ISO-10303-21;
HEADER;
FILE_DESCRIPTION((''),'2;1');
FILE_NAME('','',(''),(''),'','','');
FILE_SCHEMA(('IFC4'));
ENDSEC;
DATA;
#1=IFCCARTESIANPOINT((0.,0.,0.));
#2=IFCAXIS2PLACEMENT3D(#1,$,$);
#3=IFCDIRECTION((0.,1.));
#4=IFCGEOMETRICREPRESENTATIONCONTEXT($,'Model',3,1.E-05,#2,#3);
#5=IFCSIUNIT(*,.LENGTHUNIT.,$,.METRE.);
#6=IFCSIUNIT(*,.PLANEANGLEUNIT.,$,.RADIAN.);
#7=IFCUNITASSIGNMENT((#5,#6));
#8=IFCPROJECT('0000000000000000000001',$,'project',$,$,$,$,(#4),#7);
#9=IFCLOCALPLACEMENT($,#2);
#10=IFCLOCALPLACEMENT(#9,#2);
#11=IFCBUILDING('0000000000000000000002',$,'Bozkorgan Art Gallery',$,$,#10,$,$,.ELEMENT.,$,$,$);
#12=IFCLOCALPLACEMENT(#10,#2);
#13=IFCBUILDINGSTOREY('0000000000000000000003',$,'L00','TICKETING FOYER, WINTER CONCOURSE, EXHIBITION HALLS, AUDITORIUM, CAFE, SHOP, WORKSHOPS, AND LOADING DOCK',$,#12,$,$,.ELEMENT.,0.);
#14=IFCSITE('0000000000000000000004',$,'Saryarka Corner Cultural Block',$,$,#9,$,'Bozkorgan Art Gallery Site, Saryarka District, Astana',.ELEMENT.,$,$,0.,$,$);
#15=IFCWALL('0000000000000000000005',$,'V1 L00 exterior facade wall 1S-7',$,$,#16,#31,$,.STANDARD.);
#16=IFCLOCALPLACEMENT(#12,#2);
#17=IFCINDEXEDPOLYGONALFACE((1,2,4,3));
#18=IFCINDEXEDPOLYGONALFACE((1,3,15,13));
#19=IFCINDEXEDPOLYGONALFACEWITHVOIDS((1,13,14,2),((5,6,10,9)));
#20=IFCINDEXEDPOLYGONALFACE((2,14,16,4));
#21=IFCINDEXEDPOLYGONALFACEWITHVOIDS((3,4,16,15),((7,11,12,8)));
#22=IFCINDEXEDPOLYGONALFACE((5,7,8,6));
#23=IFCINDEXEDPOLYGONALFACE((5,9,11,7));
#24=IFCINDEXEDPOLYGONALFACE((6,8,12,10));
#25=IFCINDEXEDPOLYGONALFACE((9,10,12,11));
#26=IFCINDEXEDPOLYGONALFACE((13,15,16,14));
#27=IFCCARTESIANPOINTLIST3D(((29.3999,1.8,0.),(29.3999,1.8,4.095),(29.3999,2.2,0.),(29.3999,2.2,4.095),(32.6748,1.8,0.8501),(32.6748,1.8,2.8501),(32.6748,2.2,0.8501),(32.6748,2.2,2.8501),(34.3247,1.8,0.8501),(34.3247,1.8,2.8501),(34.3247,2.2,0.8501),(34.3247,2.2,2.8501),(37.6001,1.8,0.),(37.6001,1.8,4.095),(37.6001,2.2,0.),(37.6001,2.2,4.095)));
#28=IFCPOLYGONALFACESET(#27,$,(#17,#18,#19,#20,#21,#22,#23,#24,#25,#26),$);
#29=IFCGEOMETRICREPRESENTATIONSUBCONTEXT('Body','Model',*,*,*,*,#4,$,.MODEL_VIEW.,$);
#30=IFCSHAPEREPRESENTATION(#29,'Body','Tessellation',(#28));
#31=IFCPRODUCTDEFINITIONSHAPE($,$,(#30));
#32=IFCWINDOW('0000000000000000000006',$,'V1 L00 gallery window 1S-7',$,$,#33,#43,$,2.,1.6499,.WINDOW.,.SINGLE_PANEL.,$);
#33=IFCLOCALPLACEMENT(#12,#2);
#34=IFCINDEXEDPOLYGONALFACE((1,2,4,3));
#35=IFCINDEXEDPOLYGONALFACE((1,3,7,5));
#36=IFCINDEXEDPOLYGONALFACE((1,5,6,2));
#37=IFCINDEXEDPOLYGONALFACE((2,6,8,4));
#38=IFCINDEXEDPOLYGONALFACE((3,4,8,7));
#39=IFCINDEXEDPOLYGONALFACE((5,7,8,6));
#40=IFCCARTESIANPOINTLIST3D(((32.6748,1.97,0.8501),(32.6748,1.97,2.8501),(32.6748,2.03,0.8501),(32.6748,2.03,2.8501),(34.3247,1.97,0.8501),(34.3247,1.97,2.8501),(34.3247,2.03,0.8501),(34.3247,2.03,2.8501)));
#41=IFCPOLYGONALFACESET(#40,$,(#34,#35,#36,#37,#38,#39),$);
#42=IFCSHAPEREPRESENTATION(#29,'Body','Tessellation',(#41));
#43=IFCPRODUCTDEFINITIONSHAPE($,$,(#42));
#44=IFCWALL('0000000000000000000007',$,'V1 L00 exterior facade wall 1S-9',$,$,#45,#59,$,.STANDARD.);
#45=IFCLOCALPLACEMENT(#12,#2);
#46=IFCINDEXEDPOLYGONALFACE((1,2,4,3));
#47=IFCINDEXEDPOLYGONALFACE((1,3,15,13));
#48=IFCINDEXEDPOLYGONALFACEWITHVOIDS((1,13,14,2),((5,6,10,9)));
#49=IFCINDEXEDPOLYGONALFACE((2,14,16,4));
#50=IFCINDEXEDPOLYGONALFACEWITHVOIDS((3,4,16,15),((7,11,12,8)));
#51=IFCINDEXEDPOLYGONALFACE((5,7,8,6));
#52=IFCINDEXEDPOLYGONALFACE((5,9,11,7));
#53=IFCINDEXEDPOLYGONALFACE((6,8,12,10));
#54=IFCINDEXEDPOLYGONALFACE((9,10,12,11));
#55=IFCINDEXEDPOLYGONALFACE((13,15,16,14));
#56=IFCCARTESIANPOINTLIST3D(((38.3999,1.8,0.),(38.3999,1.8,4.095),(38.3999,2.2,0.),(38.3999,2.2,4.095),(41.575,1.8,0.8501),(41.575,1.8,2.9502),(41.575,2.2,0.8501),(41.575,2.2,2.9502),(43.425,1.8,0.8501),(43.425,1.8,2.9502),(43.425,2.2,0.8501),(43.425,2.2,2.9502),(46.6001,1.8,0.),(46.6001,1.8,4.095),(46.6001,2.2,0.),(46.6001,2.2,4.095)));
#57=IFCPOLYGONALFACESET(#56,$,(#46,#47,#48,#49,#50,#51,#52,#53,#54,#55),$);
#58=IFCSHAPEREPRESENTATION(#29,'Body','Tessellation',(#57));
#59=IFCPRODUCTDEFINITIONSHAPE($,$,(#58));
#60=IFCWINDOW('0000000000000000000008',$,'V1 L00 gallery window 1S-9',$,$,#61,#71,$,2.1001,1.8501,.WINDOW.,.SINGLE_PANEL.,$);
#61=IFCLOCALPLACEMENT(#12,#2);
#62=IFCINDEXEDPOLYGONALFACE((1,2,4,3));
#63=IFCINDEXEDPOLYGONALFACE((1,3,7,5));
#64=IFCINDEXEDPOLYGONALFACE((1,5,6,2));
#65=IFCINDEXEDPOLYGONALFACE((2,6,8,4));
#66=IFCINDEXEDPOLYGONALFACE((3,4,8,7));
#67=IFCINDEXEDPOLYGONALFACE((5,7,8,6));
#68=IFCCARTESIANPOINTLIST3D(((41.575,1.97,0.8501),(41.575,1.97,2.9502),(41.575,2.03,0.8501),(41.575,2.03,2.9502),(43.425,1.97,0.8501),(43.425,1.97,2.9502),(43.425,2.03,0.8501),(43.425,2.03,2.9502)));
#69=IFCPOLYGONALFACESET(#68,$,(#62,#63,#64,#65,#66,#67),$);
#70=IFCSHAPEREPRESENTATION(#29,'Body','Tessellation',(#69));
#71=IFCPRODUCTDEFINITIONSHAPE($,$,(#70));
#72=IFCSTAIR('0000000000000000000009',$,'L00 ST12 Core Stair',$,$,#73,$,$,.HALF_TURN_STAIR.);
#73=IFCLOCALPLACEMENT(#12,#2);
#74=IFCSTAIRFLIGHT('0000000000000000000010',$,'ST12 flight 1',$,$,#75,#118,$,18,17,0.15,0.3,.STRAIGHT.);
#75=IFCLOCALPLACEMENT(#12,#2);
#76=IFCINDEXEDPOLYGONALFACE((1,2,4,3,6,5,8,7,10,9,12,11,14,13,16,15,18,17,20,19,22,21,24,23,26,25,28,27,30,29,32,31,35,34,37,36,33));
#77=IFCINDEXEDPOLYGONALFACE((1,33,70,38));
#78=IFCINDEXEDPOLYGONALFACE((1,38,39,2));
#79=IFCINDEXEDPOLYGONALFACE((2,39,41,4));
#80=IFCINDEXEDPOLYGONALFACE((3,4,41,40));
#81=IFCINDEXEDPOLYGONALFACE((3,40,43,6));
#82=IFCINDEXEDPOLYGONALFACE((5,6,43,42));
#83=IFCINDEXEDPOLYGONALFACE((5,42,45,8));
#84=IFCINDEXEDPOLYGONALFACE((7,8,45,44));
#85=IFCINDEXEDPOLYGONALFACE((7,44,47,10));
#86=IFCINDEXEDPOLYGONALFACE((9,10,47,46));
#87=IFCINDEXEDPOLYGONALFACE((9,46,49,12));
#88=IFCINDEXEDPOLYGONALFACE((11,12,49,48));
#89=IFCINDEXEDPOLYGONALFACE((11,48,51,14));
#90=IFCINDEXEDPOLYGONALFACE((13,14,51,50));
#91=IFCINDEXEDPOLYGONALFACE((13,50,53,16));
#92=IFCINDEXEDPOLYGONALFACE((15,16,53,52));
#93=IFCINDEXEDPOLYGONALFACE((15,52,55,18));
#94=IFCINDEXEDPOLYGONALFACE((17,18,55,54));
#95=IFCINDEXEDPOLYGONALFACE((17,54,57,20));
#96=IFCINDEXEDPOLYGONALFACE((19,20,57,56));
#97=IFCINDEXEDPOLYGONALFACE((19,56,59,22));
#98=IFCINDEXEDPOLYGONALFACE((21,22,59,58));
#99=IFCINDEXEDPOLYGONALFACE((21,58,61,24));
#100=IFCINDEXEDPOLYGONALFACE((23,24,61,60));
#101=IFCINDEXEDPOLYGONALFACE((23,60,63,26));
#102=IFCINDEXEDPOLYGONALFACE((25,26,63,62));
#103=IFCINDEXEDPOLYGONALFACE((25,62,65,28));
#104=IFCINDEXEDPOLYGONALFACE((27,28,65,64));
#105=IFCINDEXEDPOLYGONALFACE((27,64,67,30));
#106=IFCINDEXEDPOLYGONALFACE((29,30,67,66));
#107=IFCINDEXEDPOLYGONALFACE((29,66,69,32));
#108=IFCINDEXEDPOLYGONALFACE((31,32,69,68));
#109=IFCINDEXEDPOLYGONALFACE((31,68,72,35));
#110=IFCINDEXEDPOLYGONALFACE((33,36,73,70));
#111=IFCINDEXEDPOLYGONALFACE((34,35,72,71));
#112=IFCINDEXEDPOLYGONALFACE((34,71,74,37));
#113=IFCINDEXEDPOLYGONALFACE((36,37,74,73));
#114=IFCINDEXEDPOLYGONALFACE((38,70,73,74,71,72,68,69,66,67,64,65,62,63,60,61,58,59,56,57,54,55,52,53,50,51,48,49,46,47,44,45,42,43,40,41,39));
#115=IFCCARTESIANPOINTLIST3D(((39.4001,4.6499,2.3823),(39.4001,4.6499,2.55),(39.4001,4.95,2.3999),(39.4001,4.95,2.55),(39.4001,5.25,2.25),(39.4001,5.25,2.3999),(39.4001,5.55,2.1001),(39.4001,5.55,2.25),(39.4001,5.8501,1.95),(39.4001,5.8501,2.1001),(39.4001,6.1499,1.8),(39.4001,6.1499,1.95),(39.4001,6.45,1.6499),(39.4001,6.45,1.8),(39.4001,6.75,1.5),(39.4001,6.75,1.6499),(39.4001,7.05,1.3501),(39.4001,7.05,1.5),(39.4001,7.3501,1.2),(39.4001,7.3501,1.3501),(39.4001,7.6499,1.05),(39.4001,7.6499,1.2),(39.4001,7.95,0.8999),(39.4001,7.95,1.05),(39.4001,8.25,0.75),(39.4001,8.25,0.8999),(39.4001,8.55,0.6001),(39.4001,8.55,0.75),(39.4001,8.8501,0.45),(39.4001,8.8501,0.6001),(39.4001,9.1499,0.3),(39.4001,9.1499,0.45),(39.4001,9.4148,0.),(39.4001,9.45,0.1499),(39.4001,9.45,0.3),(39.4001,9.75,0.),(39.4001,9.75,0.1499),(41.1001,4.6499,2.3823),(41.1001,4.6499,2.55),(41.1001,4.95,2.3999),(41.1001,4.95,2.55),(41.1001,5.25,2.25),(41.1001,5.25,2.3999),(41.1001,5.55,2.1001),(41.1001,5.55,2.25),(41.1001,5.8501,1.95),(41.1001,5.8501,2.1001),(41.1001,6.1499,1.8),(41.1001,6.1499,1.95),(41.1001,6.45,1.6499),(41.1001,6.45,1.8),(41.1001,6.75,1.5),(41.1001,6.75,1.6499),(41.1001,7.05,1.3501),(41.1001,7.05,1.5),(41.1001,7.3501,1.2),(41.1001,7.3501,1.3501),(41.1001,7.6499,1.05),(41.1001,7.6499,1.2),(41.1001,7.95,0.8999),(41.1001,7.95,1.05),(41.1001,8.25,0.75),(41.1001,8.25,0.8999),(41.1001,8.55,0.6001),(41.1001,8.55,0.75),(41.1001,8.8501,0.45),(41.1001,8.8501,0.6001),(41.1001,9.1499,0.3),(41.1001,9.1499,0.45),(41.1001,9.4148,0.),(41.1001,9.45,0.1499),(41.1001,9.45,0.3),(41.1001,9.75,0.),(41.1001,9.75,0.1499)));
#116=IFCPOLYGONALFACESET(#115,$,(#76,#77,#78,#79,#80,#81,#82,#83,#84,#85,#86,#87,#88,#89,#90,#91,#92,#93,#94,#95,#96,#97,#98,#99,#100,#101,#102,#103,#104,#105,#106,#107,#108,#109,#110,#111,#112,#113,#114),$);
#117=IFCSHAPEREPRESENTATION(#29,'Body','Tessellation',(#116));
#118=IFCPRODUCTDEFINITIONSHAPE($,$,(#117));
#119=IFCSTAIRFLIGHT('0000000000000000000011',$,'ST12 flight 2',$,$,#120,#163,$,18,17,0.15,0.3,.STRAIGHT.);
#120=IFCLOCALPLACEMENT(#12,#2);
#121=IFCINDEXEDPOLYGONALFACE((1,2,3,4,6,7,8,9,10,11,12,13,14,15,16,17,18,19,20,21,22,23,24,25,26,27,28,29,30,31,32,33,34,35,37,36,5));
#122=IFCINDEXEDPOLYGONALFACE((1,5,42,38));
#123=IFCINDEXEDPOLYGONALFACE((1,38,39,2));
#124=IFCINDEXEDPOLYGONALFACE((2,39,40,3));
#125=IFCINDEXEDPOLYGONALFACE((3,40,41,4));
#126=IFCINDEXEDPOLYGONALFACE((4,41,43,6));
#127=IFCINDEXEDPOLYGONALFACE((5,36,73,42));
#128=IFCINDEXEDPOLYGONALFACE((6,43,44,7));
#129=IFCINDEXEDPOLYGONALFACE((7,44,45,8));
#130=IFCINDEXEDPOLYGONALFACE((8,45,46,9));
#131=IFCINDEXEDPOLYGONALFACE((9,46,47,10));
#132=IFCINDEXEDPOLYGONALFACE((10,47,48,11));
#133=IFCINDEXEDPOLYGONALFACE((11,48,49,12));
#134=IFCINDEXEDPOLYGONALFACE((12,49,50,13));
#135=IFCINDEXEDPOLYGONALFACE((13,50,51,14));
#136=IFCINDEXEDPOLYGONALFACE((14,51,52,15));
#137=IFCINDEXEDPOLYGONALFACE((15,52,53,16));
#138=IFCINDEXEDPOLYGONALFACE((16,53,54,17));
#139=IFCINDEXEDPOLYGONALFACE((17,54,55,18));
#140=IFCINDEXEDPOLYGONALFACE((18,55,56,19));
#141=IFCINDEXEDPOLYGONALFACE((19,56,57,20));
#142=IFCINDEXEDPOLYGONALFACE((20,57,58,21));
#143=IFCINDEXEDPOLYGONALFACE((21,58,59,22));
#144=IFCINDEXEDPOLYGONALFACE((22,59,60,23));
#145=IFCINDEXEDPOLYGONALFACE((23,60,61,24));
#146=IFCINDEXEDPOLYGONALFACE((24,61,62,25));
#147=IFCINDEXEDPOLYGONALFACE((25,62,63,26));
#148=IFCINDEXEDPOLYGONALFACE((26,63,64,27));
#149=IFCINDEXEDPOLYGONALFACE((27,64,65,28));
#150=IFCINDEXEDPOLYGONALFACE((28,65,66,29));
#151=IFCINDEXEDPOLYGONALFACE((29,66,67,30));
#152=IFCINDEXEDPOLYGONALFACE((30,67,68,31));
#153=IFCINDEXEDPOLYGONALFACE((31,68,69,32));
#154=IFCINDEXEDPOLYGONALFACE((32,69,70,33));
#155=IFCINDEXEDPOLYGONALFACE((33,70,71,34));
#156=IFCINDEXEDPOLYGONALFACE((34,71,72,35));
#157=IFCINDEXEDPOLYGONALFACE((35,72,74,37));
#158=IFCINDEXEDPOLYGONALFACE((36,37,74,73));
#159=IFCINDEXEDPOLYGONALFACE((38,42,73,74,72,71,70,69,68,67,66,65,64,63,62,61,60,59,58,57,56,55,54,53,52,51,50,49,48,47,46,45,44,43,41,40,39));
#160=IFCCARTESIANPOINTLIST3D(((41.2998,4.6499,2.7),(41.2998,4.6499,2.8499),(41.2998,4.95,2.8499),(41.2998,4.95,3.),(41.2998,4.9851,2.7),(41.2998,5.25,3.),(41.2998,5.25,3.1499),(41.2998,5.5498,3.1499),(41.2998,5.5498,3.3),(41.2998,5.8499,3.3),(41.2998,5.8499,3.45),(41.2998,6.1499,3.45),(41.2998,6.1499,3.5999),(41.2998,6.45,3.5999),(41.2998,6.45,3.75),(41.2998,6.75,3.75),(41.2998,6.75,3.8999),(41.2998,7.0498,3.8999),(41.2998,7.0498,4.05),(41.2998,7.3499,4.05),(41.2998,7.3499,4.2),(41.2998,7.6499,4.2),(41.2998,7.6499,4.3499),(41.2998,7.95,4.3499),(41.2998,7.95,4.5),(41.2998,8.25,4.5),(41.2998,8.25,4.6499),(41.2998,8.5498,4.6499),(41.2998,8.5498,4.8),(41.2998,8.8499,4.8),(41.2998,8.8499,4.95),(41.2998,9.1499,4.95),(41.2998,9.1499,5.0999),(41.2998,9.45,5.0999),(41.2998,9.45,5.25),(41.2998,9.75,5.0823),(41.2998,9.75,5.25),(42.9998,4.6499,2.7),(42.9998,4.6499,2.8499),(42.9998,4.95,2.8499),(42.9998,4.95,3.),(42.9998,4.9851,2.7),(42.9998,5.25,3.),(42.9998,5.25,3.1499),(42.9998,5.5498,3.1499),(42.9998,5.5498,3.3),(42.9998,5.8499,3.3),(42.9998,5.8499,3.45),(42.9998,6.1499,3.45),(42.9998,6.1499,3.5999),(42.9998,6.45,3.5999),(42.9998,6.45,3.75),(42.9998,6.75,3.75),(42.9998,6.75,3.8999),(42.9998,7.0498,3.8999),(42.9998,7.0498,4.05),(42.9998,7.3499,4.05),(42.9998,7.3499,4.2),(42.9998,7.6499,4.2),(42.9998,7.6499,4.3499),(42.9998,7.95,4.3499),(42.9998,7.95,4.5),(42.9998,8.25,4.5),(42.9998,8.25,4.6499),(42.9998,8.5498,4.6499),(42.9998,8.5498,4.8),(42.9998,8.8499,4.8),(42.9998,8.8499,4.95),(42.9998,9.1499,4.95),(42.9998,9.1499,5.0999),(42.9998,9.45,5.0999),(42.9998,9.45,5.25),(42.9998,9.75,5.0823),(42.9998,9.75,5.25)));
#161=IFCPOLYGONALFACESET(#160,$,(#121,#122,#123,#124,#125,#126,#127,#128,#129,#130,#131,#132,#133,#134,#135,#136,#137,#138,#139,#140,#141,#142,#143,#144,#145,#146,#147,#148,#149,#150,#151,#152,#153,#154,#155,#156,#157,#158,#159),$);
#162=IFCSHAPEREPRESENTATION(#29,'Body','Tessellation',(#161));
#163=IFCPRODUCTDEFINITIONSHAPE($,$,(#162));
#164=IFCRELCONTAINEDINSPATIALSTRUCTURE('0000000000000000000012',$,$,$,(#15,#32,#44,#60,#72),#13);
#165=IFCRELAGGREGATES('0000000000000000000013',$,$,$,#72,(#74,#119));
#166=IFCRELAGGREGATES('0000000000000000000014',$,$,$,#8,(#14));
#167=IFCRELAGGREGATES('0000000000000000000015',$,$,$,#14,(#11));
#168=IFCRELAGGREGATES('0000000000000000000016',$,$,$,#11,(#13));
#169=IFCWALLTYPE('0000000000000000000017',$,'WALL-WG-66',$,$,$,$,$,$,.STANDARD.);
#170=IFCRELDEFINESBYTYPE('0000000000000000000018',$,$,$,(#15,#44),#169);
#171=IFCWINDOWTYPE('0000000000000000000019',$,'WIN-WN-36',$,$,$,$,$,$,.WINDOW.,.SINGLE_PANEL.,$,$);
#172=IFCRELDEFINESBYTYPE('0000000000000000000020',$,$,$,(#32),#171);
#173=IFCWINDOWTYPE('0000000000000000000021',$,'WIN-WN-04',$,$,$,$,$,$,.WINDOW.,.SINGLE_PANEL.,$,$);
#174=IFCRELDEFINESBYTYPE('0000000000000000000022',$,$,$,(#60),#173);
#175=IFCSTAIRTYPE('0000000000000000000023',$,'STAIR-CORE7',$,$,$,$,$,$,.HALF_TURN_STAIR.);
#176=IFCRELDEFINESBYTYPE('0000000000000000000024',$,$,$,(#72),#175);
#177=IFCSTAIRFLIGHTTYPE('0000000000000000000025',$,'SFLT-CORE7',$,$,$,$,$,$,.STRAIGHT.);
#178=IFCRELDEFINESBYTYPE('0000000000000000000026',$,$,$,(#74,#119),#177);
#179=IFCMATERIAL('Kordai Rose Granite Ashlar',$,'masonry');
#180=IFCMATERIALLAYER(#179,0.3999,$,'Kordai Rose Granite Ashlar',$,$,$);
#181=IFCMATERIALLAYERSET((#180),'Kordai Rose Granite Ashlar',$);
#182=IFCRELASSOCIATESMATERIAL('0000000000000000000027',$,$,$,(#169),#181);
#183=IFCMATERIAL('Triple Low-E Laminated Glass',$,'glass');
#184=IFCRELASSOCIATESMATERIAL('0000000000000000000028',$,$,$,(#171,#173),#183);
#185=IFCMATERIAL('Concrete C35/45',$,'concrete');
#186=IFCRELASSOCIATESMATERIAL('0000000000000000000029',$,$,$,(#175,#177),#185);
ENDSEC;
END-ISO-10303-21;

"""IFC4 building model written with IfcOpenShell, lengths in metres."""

from ifc_helpers import new_model, si_unit, direction, frame, frame_2d, origin, place, context, subcontext, project, spatial, polyline, rectangle, outline, extrude, material, layer, layer_set, type_object, element, fill, aggregate, save


model = new_model("IFC4")

# Units and contexts
model_context = context("Model", 3, precision=1e-05, world=origin(), true_north=direction((0.0, 1.0)))
body_context = subcontext(model_context, "Body", "Model", "MODEL_VIEW")
ifc_project = project(units=[si_unit("LENGTHUNIT", "METRE"), si_unit("PLANEANGLEUNIT", "RADIAN")], contexts=[model_context])

# Site, building, storey
site_placement = place(None, origin())
site = spatial("IfcSite", under=ifc_project, at=site_placement, Name="Saryarka Corner Cultural Block", LongName="Bozkorgan Art Gallery Site, Saryarka District, Astana", CompositionType="ELEMENT", RefElevation=0.0)
building_placement = place(site_placement, origin())
building = spatial("IfcBuilding", under=site, at=building_placement, Name="Bozkorgan Art Gallery", CompositionType="ELEMENT")
storey_placement = place(building_placement, origin())
storey = spatial("IfcBuildingStorey", under=building, at=storey_placement, Name="L00", Description="TICKETING FOYER, WINTER CONCOURSE, EXHIBITION HALLS, AUDITORIUM, CAFE, SHOP, WORKSHOPS, AND LOADING DOCK", CompositionType="ELEMENT", Elevation=0.0)

# Shared definitions
ifc_material_1 = material(Name="Concrete C35/45", Category="concrete")

# Shared definitions
ifc_material_2 = material(Name="Kordai Rose Granite Ashlar", Category="masonry")

# Walls, openings, windows
ifc_layer_1 = layer(ifc_material_2, 0.3999, Name="Kordai Rose Granite Ashlar")
ifc_layer_set_1 = layer_set([ifc_layer_1], Name="Kordai Rose Granite Ashlar")
wall_type_1 = type_object("IfcWallType", Name="WALL-WG-66", PredefinedType="STANDARD", material=ifc_layer_set_1)
wall_1_placement = place(storey_placement, frame((29.3999, 2.0, 0.0), z_axis=(0.0, 0.0, 1.0), x_axis=(1.0, 0.0, 0.0)))
wall_1 = element("IfcWall", 1, at=wall_1_placement, inside=storey, type_object=wall_type_1, Name="V1 L00 exterior facade wall 1S-7", PredefinedType="STANDARD", context=body_context, shape_type="SweptSolid", body=[
    extrude(rectangle(XDim=8.2002, YDim=0.3999, at=frame_2d((4.1001, 0.0))), origin(), (0.0, 0.0, 1.0), 4.095),
])
opening_1_placement = place(wall_1_placement, frame((4.9248, 0.0, 0.8501), z_axis=(0.0, 0.0, 1.0), x_axis=(-1.0, 0.0, 0.0)))
opening_1 = element("IfcOpeningElement", 2, at=opening_1_placement, cuts=wall_1, PredefinedType="OPENING", context=body_context, shape_type="SweptSolid", body=[
    extrude(rectangle(XDim=1.6499, YDim=2.0, at=frame_2d((0.825, 1.0))), frame((0.0, 0.21, 0.0), z_axis=(0.0, -1.0, 0.0), x_axis=(1.0, 0.0, 0.0)), (0.0, 0.0, 1.0), 0.4199),
])
ifc_material_3 = material(Name="Triple Low-E Laminated Glass", Category="glass")
window_type_1 = type_object("IfcWindowType", Name="WIN-WN-36", PartitioningType="SINGLE_PANEL", PredefinedType="WINDOW", material=ifc_material_3)
window_1_placement = place(opening_1_placement, origin())
window_1 = element("IfcWindow", 3, at=window_1_placement, inside=storey, type_object=window_type_1, Name="V1 L00 gallery window 1S-7", OverallHeight=2.0, OverallWidth=1.6499, PartitioningType="SINGLE_PANEL", PredefinedType="WINDOW", context=body_context, shape_type="SweptSolid", body=[
    extrude(rectangle(XDim=1.6499, YDim=2.0, at=frame_2d((0.825, 1.0))), frame((0.0, 0.03, 0.0), z_axis=(0.0, -1.0, 0.0), x_axis=(1.0, 0.0, 0.0)), (0.0, 0.0, 1.0), 0.0601),
])
fill(opening_1, window_1)
wall_2_placement = place(storey_placement, frame((38.3999, 2.0, 0.0), z_axis=(0.0, 0.0, 1.0), x_axis=(1.0, 0.0, 0.0)))
wall_2 = element("IfcWall", 4, at=wall_2_placement, inside=storey, type_object=wall_type_1, Name="V1 L00 exterior facade wall 1S-9", PredefinedType="STANDARD", context=body_context, shape_type="SweptSolid", body=[
    extrude(rectangle(XDim=8.2002, YDim=0.3999, at=frame_2d((4.1001, 0.0))), origin(), (0.0, 0.0, 1.0), 4.095),
])
opening_2_placement = place(wall_2_placement, frame((5.0251, 0.0, 0.8501), z_axis=(0.0, 0.0, 1.0), x_axis=(-1.0, 0.0, 0.0)))
opening_2 = element("IfcOpeningElement", 5, at=opening_2_placement, cuts=wall_2, PredefinedType="OPENING", context=body_context, shape_type="SweptSolid", body=[
    extrude(rectangle(XDim=1.8501, YDim=2.1001, at=frame_2d((0.925, 1.05))), frame((0.0, 0.21, 0.0), z_axis=(0.0, -1.0, 0.0), x_axis=(1.0, 0.0, 0.0)), (0.0, 0.0, 1.0), 0.4199),
])
window_type_2 = type_object("IfcWindowType", Name="WIN-WN-04", PartitioningType="SINGLE_PANEL", PredefinedType="WINDOW", material=ifc_material_3)
window_2_placement = place(opening_2_placement, origin())
window_2 = element("IfcWindow", 6, at=window_2_placement, inside=storey, type_object=window_type_2, Name="V1 L00 gallery window 1S-9", OverallHeight=2.1001, OverallWidth=1.8501, PartitioningType="SINGLE_PANEL", PredefinedType="WINDOW", context=body_context, shape_type="SweptSolid", body=[
    extrude(rectangle(XDim=1.8501, YDim=2.1001, at=frame_2d((0.925, 1.05))), frame((0.0, 0.03, 0.0), z_axis=(0.0, -1.0, 0.0), x_axis=(1.0, 0.0, 0.0)), (0.0, 0.0, 1.0), 0.0601),
])
fill(opening_2, window_2)

# Stair, stair flights
stair_type = type_object("IfcStairType", Name="STAIR-CORE7", PredefinedType="HALF_TURN_STAIR", material=ifc_material_1)
stair_placement = place(storey_placement, origin())
stair = element("IfcStair", 7, at=stair_placement, inside=storey, type_object=stair_type, Name="L00 ST12 Core Stair", PredefinedType="HALF_TURN_STAIR")
stair_flight_type = type_object("IfcStairFlightType", Name="SFLT-CORE7", PredefinedType="STRAIGHT", material=ifc_material_1)
stair_flight_1_placement = place(storey_placement, frame((40.25, 9.75, 0.0), z_axis=(0.0, 0.0, 1.0), x_axis=(0.0, -1.0, 0.0)))
stair_flight_1 = element("IfcStairFlight", 8, at=stair_flight_1_placement, type_object=stair_flight_type, Name="ST12 flight 1", NumberOfRisers=18, NumberOfTreads=17, PredefinedType="STRAIGHT", RiserHeight=0.15, TreadLength=0.3, context=body_context, shape_type="SweptSolid", body=[
    extrude(outline(polyline([(0.0, 0.0), (0.0, 0.1499), (0.3, 0.1499), (0.3, 0.3), (0.6001, 0.3), (0.6001, 0.45), (0.8999, 0.45), (0.8999, 0.6001), (1.2, 0.6001), (1.2, 0.75), (1.5, 0.75), (1.5, 0.8999), (1.8, 0.8999), (1.8, 1.05), (2.1001, 1.05), (2.1001, 1.2), (2.3999, 1.2), (2.3999, 1.3501), (2.7, 1.3501), (2.7, 1.5), (3.0, 1.5), (3.0, 1.6499), (3.3, 1.6499), (3.3, 1.8), (3.6001, 1.8), (3.6001, 1.95), (3.8999, 1.95), (3.8999, 2.1001), (4.2, 2.1001), (4.2, 2.25), (4.5, 2.25), (4.5, 2.3999), (4.8, 2.3999), (4.8, 2.55), (5.1001, 2.55), (5.1001, 2.7), (5.1001, 2.3823), (0.3352, 0.0), (0.0, 0.0)])), frame((0.0, 0.8501, 0.0), z_axis=(0.0, -1.0, 0.0), x_axis=(1.0, 0.0, 0.0)), (0.0, 0.0, 1.0), 1.7),
])
stair_flight_2_placement = place(storey_placement, frame((42.1499, 4.6499, 2.7), z_axis=(0.0, 0.0, 1.0), x_axis=(0.0, 1.0, 0.0)))
stair_flight_2 = element("IfcStairFlight", 9, at=stair_flight_2_placement, type_object=stair_flight_type, Name="ST12 flight 2", NumberOfRisers=18, NumberOfTreads=17, PredefinedType="STRAIGHT", RiserHeight=0.15, TreadLength=0.3, context=body_context, shape_type="SweptSolid", body=[
    extrude(outline(polyline([(0.0, 0.0), (0.0, 0.1499), (0.3, 0.1499), (0.3, 0.3), (0.6001, 0.3), (0.6001, 0.45), (0.8999, 0.45), (0.8999, 0.6001), (1.2, 0.6001), (1.2, 0.75), (1.5, 0.75), (1.5, 0.8999), (1.8, 0.8999), (1.8, 1.05), (2.1001, 1.05), (2.1001, 1.2), (2.3999, 1.2), (2.3999, 1.3501), (2.7, 1.3501), (2.7, 1.5), (3.0, 1.5), (3.0, 1.6499), (3.3, 1.6499), (3.3, 1.8), (3.6001, 1.8), (3.6001, 1.95), (3.8999, 1.95), (3.8999, 2.1001), (4.2, 2.1001), (4.2, 2.25), (4.5, 2.25), (4.5, 2.3999), (4.8, 2.3999), (4.8, 2.55), (5.1001, 2.55), (5.1001, 2.7), (5.1001, 2.3823), (0.3352, 0.0), (0.0, 0.0)])), frame((0.0, 0.8501, 0.0), z_axis=(0.0, -1.0, 0.0), x_axis=(1.0, 0.0, 0.0)), (0.0, 0.0, 1.0), 1.7),
])
aggregate(stair, [stair_flight_1, stair_flight_2])

save(model, "model.ifc")
